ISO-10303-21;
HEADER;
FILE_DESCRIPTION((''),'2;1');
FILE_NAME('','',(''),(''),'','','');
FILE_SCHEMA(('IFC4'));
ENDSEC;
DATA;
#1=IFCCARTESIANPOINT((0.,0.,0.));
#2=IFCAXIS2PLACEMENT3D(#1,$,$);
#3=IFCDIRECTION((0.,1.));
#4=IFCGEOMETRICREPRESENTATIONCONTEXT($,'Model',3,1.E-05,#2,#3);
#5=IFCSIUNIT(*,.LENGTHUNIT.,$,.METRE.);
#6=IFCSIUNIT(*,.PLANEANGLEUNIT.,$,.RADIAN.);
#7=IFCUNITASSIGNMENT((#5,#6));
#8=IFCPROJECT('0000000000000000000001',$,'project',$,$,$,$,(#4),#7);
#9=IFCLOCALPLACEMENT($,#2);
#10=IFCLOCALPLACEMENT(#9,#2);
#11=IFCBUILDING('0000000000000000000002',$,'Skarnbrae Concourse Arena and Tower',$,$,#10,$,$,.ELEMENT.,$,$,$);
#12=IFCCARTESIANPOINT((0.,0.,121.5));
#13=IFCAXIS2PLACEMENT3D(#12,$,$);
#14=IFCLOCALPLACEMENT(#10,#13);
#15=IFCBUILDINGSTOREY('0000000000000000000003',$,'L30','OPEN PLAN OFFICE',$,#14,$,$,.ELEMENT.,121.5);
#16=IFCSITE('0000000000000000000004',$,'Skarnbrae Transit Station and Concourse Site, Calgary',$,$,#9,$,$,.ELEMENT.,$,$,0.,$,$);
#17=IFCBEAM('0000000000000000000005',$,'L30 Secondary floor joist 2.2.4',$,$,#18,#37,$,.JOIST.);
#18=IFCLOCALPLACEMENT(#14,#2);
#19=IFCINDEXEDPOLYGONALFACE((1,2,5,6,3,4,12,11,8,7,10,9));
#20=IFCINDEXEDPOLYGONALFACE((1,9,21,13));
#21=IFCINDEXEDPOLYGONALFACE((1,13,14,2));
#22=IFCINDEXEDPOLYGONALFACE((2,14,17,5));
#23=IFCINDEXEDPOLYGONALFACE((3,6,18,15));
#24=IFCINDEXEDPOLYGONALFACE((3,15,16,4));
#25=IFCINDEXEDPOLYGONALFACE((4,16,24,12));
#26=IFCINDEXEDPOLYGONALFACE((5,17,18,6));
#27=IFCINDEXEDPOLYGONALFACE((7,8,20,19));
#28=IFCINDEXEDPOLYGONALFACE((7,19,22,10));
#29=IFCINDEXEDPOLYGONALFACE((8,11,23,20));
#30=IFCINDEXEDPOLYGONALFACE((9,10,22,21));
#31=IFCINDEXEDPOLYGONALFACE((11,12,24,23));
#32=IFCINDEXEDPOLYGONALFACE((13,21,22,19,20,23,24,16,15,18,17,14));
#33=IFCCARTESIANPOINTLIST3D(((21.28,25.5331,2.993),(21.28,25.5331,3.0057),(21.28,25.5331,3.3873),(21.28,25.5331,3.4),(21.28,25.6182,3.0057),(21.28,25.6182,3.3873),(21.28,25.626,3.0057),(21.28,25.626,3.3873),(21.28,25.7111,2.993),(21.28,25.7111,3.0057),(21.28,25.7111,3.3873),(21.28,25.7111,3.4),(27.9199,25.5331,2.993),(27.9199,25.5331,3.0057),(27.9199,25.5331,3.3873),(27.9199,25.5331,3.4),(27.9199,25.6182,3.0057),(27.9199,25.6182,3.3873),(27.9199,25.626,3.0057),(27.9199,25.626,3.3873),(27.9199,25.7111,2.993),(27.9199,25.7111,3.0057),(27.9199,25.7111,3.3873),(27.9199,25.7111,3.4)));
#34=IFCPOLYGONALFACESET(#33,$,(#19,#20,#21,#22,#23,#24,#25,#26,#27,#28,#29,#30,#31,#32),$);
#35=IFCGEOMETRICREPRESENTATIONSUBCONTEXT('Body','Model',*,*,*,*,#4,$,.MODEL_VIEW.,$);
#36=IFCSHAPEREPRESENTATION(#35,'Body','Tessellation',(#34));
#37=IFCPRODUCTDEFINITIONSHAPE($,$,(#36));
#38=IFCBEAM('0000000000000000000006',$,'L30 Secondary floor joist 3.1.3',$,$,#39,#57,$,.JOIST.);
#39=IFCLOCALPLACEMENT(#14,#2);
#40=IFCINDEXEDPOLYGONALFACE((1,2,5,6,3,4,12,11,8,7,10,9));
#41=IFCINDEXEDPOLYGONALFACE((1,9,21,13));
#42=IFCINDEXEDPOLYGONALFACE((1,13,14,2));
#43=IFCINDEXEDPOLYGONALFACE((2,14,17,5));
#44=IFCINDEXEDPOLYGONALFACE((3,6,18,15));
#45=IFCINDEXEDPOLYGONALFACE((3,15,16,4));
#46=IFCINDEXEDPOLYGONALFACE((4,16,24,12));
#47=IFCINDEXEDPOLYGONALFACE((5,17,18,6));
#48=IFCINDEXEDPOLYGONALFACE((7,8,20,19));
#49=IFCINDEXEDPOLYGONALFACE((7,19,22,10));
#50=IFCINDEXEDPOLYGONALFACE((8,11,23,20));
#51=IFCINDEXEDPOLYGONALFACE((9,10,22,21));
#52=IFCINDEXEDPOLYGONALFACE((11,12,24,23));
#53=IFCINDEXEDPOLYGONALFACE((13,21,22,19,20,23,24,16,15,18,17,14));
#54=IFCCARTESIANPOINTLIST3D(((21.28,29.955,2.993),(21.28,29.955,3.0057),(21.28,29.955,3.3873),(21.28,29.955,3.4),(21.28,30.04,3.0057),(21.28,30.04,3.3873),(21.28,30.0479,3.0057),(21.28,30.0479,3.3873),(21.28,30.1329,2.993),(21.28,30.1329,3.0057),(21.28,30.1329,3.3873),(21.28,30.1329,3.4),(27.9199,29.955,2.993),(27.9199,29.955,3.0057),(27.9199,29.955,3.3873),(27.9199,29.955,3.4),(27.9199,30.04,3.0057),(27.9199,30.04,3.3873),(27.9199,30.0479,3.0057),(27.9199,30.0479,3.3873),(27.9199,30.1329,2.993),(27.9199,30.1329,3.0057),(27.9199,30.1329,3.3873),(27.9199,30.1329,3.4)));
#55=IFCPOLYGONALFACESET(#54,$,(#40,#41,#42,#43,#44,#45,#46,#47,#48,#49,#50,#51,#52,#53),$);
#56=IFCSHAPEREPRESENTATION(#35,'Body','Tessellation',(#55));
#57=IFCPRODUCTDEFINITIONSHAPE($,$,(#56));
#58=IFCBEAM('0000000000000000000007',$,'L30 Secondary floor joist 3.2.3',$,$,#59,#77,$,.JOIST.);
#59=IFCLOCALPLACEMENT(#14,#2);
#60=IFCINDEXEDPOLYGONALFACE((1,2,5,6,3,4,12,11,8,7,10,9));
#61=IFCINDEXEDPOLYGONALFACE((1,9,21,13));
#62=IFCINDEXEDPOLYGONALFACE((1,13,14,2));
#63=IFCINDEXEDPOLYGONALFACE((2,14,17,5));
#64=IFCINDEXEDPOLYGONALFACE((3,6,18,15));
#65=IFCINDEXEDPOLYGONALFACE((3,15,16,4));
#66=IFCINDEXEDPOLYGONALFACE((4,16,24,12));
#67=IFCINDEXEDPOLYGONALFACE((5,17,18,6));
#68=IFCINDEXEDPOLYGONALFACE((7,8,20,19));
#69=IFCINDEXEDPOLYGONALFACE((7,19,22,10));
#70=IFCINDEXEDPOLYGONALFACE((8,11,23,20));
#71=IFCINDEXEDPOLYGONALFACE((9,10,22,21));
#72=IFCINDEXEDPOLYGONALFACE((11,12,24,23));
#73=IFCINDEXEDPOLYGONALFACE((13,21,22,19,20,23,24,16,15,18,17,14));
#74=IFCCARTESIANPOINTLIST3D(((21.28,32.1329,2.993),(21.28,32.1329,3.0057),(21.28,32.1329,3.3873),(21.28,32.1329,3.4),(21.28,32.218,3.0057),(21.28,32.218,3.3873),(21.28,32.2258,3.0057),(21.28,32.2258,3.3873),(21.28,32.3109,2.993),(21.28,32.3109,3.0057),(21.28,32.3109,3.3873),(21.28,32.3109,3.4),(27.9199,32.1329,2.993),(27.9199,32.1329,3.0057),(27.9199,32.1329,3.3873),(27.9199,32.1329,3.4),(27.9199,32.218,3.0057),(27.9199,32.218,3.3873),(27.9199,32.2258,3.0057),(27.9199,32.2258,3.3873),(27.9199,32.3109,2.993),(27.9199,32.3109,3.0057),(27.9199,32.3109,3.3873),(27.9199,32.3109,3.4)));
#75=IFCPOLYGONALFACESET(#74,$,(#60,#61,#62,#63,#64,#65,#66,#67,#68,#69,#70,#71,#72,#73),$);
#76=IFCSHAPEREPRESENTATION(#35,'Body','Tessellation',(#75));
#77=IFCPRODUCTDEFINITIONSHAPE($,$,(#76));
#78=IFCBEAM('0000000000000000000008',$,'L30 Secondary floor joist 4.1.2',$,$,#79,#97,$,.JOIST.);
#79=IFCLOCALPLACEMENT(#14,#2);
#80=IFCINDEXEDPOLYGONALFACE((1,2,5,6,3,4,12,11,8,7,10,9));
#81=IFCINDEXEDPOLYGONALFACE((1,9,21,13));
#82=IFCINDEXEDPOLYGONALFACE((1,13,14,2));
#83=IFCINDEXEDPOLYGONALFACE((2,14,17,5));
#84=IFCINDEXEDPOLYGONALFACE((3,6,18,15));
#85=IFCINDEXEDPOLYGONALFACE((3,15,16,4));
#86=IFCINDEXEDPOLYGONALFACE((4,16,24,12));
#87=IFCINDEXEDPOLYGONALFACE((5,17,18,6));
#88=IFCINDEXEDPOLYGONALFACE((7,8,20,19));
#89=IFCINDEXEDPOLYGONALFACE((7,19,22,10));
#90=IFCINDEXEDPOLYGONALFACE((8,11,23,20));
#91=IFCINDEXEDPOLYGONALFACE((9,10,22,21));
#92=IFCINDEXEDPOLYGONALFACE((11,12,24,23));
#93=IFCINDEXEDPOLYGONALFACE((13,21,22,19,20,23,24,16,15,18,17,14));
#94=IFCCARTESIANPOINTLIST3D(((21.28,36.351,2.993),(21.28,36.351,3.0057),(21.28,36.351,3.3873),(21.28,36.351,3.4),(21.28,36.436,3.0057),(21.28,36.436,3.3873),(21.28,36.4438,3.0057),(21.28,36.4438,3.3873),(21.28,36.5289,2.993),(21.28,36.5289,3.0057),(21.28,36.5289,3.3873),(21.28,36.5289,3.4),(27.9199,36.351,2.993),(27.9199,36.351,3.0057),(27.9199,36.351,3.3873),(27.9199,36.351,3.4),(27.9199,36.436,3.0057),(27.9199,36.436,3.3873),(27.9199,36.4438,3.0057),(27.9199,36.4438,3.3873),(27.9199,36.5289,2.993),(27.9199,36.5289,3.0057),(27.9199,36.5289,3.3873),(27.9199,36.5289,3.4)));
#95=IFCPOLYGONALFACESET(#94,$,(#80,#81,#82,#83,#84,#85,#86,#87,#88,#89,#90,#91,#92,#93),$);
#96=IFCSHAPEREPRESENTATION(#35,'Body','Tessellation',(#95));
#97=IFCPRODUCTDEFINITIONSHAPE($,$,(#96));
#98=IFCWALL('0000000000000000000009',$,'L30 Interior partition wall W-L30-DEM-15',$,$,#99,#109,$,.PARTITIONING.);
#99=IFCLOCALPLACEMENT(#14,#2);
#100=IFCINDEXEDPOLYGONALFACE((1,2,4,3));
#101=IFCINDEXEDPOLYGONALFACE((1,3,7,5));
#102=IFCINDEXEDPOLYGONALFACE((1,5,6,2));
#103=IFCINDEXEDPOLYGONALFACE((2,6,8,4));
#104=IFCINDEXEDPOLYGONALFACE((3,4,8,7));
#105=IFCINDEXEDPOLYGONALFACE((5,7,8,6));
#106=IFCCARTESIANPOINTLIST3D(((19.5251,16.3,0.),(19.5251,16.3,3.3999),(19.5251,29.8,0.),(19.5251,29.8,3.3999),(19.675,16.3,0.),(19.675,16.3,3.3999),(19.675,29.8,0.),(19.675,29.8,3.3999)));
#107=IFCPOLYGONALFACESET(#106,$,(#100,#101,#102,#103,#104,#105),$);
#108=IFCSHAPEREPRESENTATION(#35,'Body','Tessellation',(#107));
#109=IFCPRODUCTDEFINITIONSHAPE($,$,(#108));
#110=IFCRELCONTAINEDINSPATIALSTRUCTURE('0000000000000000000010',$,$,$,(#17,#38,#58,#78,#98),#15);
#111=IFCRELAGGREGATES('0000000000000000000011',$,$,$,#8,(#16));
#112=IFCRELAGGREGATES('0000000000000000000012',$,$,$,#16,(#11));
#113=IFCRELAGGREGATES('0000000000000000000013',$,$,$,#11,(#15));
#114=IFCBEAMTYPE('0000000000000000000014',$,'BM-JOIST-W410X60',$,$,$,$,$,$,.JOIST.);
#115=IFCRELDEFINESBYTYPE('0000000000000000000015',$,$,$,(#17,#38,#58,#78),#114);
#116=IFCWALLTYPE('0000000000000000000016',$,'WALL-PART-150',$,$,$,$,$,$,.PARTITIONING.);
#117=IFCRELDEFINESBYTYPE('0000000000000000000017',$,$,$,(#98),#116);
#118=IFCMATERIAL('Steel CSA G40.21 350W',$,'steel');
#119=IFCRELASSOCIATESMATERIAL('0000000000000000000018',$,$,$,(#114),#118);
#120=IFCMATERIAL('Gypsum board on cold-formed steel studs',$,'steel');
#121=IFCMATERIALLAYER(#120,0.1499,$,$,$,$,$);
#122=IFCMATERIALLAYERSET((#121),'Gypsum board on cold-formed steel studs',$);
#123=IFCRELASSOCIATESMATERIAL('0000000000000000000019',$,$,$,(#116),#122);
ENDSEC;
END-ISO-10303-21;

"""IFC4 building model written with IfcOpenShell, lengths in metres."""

from ifc_helpers import new_model, si_unit, direction, frame, frame_2d, origin, origin_2d, place, context, subcontext, project, spatial, rectangle, i_section, extrude, source, transform, mapped, material, layer, layer_set, material_profile, profile_set, type_object, element, save


model = new_model("IFC4")

# Units and contexts
model_context = context("Model", 3, precision=1e-05, world=origin(), true_north=direction((0.0, 1.0)))
body_context = subcontext(model_context, "Body", "Model", "MODEL_VIEW")
ifc_project = project(units=[si_unit("LENGTHUNIT", "METRE"), si_unit("PLANEANGLEUNIT", "RADIAN")], contexts=[model_context])

# Site, building, storey
site_placement = place(None, origin())
site = spatial("IfcSite", under=ifc_project, at=site_placement, Name="Skarnbrae Transit Station and Concourse Site, Calgary", CompositionType="ELEMENT", RefElevation=0.0)
building_placement = place(site_placement, origin())
building = spatial("IfcBuilding", under=site, at=building_placement, Name="Skarnbrae Concourse Arena and Tower", CompositionType="ELEMENT")
storey_placement = place(building_placement, frame((0.0, 0.0, 121.5)))
storey = spatial("IfcBuildingStorey", under=building, at=storey_placement, Name="L30", Description="OPEN PLAN OFFICE", CompositionType="ELEMENT", Elevation=121.5)

# Shared definitions
ifc_material_1 = material(Name="Steel CSA G40.21 350W", Category="steel")

# Beams
ifc_material_profile_1 = material_profile(ifc_material_1, i_section(OverallWidth=0.178, OverallDepth=0.407, WebThickness=0.0078, FlangeThickness=0.0127, at=origin_2d()), Name="W410X60")
ifc_profile_set_1 = profile_set([ifc_material_profile_1], Name="Steel CSA G40.21 350W")
beam_type_1 = type_object("IfcBeamType", Name="BM-JOIST-W410X60", PredefinedType="JOIST", material=ifc_profile_set_1)
shared_shape_1 = source(origin(), body_context, "Body", "SweptSolid", [
    extrude(i_section(OverallWidth=0.178, OverallDepth=0.407, WebThickness=0.0078, FlangeThickness=0.0127, at=origin_2d()), origin(), (0.0, 0.0, 1.0), 6.6399),
])
for number, where, z_axis, x_axis, name in (
    (1, (21.28, 25.6221, 3.1965), (1.0, 0.0, 0.0), (0.0, 1.0, 0.0), "L30 Secondary floor joist 2.2.4"),
    (2, (21.28, 30.0439, 3.1965), (1.0, 0.0, 0.0), (0.0, 1.0, 0.0), "L30 Secondary floor joist 3.1.3"),
    (3, (21.28, 32.2219, 3.1965), (1.0, 0.0, 0.0), (0.0, 1.0, 0.0), "L30 Secondary floor joist 3.2.3"),
    (4, (21.28, 36.4399, 3.1965), (1.0, 0.0, 0.0), (0.0, 1.0, 0.0), "L30 Secondary floor joist 4.1.2"),
):
    element("IfcBeam", number, at=place(storey_placement, frame(where, z_axis=z_axis, x_axis=x_axis)), inside=storey, type_object=beam_type_1, Name=name, PredefinedType="JOIST", context=body_context, shape_type="MappedRepresentation", body=[
        mapped(shared_shape_1, transform((0.0, 0.0, 0.0))),
    ])

# Wall
ifc_material_2 = material(Name="Gypsum board on cold-formed steel studs", Category="steel")
ifc_layer = layer(ifc_material_2, 0.1499)
ifc_layer_set = layer_set([ifc_layer], Name="Gypsum board on cold-formed steel studs")
wall_type = type_object("IfcWallType", Name="WALL-PART-150", PredefinedType="PARTITIONING", material=ifc_layer_set)
shared_shape_2 = source(origin(), body_context, "Body", "SweptSolid", [
    extrude(rectangle(XDim=13.5, YDim=0.1499, at=frame_2d((6.75, 0.0))), origin(), (0.0, 0.0, 1.0), 3.3999),
])
wall_placement = place(storey_placement, frame((19.6001, 29.8, 0.0), z_axis=(0.0, 0.0, 1.0), x_axis=(0.0, -1.0, 0.0)))
element("IfcWall", 5, at=wall_placement, inside=storey, type_object=wall_type, Name="L30 Interior partition wall W-L30-DEM-15", PredefinedType="PARTITIONING", context=body_context, shape_type="MappedRepresentation", body=[
    mapped(shared_shape_2, transform((0.0, 0.0, 0.0))),
])

save(model, "model.ifc")
